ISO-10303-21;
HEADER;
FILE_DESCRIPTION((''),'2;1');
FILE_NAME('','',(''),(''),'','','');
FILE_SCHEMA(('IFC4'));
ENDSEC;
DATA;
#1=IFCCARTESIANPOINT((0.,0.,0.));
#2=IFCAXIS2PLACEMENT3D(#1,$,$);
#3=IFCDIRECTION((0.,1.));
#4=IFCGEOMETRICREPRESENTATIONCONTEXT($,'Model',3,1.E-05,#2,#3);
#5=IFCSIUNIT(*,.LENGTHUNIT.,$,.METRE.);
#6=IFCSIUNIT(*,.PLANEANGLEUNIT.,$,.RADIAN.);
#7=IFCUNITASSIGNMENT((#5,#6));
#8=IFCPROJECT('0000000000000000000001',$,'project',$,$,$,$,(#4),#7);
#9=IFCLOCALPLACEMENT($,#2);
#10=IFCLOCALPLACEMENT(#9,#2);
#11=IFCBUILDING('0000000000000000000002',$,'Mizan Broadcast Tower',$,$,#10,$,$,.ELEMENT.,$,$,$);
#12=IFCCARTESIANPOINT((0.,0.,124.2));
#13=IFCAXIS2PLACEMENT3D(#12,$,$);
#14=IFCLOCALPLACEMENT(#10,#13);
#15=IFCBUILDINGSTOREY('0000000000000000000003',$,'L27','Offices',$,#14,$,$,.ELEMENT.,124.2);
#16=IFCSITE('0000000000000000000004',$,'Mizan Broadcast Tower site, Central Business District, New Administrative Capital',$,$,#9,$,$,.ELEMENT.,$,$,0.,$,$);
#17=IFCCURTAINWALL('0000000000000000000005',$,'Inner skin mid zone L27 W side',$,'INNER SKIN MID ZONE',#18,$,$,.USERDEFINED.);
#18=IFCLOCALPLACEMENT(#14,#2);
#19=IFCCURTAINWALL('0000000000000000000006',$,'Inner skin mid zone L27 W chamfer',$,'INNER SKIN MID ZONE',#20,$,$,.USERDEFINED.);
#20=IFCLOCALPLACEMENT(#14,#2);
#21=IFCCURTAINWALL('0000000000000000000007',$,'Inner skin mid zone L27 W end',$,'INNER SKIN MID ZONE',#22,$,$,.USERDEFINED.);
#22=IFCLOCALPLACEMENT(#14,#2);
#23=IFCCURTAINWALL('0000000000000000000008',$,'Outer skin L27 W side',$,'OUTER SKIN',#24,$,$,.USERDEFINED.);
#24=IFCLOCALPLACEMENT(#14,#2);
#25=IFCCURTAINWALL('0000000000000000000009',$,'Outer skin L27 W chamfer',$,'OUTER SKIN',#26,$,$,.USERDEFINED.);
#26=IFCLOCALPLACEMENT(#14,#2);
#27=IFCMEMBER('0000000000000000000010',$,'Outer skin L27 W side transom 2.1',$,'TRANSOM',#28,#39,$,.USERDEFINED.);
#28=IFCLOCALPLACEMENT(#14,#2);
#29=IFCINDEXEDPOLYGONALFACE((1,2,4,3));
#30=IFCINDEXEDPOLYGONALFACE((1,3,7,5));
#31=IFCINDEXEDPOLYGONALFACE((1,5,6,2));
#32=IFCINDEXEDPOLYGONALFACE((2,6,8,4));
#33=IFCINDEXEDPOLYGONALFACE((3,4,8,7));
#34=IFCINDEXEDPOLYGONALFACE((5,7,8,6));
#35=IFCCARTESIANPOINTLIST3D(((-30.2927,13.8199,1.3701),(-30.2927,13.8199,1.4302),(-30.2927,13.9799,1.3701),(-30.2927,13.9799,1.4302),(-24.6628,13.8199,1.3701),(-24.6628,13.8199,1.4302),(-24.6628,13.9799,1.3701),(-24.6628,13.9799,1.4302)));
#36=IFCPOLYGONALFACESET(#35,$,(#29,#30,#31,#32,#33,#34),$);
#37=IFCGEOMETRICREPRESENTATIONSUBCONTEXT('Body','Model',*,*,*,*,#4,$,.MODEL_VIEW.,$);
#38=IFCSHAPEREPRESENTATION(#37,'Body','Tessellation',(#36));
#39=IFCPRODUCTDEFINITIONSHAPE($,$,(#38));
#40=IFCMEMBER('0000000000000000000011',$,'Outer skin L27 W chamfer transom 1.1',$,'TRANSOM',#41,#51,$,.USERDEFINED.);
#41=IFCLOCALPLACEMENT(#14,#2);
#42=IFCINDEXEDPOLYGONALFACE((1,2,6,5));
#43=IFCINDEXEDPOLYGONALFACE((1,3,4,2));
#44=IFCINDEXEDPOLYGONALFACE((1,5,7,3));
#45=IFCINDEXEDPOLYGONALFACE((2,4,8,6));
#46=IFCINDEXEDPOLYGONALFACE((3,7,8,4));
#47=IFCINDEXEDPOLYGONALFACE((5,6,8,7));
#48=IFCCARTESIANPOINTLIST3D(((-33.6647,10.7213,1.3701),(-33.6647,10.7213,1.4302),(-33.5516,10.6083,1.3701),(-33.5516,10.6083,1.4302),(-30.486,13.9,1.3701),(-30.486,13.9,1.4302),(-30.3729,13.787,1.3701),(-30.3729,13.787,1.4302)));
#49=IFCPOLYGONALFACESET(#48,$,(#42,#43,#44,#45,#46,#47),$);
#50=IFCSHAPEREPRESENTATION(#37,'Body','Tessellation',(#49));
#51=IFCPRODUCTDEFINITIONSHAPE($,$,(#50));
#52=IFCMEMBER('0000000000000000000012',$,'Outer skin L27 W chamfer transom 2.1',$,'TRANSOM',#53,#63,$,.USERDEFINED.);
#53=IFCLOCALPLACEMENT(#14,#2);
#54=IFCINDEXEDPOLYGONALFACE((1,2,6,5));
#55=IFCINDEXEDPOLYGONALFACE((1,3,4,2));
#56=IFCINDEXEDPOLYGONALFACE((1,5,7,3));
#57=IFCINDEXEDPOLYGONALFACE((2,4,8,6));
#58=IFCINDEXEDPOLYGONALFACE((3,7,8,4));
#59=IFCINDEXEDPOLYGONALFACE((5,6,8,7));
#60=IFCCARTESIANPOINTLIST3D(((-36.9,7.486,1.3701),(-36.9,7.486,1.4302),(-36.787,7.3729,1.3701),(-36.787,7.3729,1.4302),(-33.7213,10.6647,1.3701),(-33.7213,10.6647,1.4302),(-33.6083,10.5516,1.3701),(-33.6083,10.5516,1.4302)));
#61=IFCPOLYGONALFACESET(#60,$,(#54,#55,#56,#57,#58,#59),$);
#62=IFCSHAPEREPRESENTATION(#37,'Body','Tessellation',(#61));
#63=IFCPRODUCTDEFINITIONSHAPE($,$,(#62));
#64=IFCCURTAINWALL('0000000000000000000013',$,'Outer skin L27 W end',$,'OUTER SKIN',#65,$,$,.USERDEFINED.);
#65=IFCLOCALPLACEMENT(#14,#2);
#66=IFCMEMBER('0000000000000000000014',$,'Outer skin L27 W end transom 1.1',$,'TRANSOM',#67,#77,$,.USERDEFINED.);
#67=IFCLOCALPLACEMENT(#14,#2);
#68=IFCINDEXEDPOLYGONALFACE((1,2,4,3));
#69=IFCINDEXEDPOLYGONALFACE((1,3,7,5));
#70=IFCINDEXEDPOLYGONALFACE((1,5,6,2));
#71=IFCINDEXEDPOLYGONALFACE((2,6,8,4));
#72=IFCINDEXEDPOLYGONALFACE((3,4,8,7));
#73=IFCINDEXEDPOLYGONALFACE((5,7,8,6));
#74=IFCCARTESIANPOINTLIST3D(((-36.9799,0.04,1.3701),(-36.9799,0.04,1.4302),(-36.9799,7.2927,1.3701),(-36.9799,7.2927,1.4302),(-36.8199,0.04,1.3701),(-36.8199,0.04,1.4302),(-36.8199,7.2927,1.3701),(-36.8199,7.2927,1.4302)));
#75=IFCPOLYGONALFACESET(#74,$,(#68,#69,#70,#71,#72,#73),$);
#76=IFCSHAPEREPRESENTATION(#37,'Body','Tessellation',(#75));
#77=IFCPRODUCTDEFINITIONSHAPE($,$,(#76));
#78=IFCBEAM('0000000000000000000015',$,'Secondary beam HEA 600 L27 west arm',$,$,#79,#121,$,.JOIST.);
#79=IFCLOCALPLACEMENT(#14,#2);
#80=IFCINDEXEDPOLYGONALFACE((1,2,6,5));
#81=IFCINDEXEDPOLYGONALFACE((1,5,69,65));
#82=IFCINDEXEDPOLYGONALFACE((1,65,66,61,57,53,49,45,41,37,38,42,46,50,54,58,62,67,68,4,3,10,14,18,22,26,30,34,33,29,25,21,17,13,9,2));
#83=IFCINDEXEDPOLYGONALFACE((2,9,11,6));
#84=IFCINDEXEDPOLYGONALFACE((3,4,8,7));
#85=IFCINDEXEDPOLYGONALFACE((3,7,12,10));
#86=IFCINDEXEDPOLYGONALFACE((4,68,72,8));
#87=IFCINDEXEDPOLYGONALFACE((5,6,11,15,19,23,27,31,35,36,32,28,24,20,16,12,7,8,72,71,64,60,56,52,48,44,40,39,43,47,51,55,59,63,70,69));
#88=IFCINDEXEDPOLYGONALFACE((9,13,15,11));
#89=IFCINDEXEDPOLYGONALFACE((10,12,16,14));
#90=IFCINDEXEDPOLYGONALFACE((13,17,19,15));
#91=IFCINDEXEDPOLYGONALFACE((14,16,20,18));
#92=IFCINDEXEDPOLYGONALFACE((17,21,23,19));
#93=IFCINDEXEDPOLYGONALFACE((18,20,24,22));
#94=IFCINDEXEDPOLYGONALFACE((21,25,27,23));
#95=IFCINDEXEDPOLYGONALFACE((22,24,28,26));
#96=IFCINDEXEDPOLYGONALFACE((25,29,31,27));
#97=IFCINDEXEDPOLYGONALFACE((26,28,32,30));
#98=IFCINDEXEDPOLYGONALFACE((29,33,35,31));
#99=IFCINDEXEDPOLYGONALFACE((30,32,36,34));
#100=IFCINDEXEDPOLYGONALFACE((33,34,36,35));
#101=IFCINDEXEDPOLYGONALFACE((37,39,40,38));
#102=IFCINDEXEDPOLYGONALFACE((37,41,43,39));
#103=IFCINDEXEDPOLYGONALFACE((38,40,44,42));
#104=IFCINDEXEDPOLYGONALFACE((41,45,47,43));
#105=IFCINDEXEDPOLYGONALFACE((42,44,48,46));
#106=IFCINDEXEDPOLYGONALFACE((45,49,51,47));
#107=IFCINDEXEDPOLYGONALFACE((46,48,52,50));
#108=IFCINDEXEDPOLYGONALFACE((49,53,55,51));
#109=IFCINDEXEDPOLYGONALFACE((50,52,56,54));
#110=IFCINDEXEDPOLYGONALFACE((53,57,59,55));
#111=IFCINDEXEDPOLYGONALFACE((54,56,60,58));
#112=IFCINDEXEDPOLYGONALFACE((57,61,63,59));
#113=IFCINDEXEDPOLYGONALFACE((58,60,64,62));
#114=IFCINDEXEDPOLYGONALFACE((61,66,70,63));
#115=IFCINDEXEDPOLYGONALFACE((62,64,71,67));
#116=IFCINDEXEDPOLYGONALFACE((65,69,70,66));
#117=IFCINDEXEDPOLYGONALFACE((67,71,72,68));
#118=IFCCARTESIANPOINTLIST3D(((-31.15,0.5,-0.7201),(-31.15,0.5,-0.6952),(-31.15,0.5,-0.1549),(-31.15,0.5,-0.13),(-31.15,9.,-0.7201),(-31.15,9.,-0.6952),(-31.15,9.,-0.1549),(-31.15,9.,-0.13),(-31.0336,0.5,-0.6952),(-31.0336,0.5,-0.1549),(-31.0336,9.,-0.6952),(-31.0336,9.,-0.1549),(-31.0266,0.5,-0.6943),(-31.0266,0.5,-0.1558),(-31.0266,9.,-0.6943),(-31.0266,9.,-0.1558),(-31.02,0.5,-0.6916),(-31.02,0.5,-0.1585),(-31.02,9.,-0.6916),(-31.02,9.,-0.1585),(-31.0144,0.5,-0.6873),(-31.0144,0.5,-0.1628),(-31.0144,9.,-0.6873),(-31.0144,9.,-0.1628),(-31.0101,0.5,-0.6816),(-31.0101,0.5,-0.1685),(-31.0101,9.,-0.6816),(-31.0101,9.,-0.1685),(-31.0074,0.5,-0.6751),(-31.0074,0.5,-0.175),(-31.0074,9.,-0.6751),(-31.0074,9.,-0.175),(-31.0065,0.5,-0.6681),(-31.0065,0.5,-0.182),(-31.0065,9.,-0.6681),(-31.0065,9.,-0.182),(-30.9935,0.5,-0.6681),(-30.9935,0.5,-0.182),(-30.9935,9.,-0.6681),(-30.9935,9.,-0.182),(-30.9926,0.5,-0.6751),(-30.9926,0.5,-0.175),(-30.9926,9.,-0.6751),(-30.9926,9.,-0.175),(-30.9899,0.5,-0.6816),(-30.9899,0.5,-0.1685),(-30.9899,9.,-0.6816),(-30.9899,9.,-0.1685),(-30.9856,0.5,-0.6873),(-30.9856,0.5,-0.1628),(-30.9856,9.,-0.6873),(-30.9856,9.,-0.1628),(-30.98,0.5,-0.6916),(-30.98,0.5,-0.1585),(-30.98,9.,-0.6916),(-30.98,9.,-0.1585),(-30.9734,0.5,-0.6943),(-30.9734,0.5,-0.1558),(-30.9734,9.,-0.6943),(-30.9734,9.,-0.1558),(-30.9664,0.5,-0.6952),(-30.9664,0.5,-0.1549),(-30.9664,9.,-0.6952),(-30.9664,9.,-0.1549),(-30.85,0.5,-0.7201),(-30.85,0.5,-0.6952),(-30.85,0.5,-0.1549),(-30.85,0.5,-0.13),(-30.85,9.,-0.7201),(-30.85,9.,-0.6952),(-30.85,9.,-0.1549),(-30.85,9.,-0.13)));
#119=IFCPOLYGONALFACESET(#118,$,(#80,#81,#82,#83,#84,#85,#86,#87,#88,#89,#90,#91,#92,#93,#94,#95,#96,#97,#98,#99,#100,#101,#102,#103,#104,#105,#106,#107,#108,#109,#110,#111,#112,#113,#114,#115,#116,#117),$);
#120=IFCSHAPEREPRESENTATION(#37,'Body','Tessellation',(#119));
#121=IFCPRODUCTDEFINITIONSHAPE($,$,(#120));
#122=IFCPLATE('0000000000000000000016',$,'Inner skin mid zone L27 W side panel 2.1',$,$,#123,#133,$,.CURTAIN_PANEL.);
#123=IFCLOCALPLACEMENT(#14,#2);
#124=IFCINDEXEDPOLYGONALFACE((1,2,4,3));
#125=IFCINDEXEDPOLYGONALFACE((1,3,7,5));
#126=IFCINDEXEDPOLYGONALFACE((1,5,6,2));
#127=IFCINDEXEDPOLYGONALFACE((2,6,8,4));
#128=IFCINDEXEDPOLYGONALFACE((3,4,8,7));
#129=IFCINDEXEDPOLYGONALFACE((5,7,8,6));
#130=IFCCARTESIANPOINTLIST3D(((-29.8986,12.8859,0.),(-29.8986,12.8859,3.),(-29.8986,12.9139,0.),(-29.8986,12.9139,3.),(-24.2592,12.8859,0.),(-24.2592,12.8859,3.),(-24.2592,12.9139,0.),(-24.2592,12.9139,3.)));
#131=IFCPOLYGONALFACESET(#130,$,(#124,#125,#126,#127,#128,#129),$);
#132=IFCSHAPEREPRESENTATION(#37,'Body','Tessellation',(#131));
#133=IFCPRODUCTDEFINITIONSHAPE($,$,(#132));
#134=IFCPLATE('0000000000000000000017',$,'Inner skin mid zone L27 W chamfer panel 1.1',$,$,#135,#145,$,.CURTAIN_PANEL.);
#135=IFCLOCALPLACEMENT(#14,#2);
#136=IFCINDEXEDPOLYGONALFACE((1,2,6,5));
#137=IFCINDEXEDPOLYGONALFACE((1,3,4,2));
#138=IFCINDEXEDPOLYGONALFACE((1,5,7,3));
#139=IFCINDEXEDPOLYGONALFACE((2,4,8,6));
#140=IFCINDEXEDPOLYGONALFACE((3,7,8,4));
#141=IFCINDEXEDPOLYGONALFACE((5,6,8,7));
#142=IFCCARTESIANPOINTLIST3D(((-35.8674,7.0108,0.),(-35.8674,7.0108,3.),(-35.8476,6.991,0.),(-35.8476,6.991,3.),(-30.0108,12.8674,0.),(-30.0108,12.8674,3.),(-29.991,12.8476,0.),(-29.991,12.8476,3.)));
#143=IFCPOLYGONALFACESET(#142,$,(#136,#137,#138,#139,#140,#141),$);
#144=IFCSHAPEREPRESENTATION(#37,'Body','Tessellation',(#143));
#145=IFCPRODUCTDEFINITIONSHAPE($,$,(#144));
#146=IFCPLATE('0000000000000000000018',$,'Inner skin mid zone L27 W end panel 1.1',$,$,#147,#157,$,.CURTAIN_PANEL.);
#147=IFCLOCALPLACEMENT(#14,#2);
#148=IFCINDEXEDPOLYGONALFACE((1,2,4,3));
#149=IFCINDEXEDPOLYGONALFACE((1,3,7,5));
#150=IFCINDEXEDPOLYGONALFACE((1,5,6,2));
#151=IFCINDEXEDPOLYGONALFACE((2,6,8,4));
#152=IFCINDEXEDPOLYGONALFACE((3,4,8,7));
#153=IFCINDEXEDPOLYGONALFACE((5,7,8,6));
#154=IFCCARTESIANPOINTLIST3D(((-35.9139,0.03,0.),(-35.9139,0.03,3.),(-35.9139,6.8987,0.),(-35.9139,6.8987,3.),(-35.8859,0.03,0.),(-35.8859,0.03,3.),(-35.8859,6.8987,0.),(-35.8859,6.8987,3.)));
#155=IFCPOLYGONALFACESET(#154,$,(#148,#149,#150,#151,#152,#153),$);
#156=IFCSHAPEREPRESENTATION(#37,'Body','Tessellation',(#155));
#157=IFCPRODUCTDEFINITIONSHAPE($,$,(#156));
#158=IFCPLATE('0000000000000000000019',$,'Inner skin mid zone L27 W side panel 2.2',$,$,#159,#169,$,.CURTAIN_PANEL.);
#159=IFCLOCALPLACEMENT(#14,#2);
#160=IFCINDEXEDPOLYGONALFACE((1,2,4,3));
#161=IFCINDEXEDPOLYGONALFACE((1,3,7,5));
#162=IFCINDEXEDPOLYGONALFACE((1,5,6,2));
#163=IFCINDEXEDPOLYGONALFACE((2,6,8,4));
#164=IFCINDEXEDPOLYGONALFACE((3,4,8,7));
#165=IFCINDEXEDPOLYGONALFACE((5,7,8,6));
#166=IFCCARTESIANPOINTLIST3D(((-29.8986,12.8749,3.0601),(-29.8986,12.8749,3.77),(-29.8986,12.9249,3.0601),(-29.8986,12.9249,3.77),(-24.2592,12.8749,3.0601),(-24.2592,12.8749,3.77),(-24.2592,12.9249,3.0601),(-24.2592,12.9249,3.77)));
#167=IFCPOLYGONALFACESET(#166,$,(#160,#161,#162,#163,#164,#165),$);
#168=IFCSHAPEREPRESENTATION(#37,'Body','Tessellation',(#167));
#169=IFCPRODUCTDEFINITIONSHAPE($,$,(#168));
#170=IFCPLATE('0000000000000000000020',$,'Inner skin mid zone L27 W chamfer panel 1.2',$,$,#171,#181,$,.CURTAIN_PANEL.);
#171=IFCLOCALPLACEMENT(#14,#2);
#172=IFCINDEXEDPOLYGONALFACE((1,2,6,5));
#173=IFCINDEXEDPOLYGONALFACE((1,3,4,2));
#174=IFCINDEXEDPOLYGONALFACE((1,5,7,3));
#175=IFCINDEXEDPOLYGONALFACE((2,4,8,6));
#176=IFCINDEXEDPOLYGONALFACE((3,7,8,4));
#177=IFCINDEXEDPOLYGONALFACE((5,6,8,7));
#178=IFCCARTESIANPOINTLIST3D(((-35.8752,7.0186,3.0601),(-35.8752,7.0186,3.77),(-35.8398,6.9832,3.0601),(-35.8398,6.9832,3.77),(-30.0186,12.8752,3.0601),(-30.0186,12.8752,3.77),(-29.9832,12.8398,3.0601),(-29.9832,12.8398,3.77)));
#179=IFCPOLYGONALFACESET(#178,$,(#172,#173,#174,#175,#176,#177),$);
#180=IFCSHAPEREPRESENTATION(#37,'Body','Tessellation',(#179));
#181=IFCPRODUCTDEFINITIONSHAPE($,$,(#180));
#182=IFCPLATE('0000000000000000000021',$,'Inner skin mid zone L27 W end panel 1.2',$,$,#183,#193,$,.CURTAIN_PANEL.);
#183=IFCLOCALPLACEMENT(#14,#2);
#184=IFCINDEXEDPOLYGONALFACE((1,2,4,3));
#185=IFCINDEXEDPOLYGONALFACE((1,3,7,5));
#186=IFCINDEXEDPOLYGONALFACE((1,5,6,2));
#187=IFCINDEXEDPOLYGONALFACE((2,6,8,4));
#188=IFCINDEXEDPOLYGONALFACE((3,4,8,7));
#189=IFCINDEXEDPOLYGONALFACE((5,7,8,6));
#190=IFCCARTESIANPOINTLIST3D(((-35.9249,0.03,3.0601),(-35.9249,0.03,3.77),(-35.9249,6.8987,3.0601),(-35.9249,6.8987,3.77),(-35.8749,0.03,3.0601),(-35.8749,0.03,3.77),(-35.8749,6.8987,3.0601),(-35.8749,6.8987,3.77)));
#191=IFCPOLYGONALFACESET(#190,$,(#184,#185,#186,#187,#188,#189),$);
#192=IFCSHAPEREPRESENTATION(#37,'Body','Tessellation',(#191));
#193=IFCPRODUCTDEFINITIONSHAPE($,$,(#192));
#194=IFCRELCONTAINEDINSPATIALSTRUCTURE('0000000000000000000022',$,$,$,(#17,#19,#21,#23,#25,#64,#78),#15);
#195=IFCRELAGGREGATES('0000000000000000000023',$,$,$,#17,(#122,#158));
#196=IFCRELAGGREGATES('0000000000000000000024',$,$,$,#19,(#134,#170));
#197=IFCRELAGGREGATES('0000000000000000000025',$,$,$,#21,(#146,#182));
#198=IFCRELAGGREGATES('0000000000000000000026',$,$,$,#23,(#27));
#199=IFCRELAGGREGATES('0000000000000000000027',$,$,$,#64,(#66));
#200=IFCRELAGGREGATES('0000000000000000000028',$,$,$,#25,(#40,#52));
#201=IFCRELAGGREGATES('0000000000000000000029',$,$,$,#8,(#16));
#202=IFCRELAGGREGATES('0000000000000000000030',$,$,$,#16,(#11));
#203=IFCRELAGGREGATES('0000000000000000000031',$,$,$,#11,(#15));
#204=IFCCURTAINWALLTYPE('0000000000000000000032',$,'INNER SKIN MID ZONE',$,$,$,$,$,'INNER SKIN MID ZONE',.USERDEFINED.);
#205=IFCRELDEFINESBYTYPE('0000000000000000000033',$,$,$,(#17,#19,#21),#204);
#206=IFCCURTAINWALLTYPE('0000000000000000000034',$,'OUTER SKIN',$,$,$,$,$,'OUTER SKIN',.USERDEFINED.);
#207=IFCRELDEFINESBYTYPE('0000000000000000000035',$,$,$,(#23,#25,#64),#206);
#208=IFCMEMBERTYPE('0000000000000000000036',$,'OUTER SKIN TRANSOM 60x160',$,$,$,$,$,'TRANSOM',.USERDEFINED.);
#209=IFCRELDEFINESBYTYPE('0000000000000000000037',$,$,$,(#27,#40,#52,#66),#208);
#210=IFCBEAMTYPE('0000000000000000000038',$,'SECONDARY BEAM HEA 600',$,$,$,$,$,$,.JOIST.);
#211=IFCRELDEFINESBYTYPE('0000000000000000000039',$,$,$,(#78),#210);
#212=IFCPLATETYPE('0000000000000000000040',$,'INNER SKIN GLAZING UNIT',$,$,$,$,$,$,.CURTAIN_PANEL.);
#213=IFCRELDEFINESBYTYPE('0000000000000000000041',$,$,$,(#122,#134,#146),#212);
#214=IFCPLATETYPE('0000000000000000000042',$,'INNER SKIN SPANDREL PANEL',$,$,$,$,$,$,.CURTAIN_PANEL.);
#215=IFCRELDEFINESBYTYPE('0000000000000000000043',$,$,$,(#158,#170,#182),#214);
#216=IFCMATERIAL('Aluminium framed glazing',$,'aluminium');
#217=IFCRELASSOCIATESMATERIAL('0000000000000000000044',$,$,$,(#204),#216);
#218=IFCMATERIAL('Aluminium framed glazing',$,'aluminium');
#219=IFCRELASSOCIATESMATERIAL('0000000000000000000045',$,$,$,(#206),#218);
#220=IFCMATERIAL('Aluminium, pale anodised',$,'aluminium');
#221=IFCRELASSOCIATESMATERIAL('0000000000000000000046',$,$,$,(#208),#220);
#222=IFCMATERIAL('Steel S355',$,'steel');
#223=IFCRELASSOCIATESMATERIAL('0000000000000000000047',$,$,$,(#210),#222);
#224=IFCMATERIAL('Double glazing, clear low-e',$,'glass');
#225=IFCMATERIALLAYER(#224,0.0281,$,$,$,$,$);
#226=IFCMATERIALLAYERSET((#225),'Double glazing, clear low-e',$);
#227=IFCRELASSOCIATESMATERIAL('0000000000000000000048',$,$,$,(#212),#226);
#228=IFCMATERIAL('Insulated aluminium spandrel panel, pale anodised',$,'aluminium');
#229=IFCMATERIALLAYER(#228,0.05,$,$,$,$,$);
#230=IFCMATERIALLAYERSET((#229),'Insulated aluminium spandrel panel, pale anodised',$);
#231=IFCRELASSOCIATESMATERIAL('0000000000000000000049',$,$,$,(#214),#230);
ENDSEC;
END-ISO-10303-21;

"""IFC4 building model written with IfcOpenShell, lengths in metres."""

from ifc_helpers import new_model, si_unit, direction, frame, origin, origin_2d, place, context, subcontext, project, spatial, rectangle, i_section, extrude, material, layer, layer_set, material_profile, profile_set, type_object, element, aggregate, save


model = new_model("IFC4")

# Units and contexts
model_context = context("Model", 3, precision=1e-05, world=origin(), true_north=direction((0.0, 1.0)))
body_context = subcontext(model_context, "Body", "Model", "MODEL_VIEW")
ifc_project = project(units=[si_unit("LENGTHUNIT", "METRE"), si_unit("PLANEANGLEUNIT", "RADIAN")], contexts=[model_context])

# Site, building, storey
site_placement = place(None, origin())
site = spatial("IfcSite", under=ifc_project, at=site_placement, Name="Mizan Broadcast Tower site, Central Business District, New Administrative Capital", CompositionType="ELEMENT", RefElevation=0.0)
building_placement = place(site_placement, origin())
building = spatial("IfcBuilding", under=site, at=building_placement, Name="Mizan Broadcast Tower", CompositionType="ELEMENT")
storey_placement = place(building_placement, frame((0.0, 0.0, 124.2)))
storey = spatial("IfcBuildingStorey", under=building, at=storey_placement, Name="L27", Description="Offices", CompositionType="ELEMENT", Elevation=124.2)

# Curtain walls
ifc_material_1 = material(Name="Aluminium framed glazing", Category="aluminium")
curtain_wall_type_1 = type_object("IfcCurtainWallType", Name="INNER SKIN MID ZONE", ElementType="INNER SKIN MID ZONE", PredefinedType="USERDEFINED", material=ifc_material_1)
curtain_wall_1_placement = place(storey_placement, origin())
curtain_wall_1 = element("IfcCurtainWall", 1, at=curtain_wall_1_placement, inside=storey, type_object=curtain_wall_type_1, Name="Inner skin mid zone L27 W side", ObjectType="INNER SKIN MID ZONE", PredefinedType="USERDEFINED")
curtain_wall_2_placement = place(storey_placement, origin())
curtain_wall_2 = element("IfcCurtainWall", 2, at=curtain_wall_2_placement, inside=storey, type_object=curtain_wall_type_1, Name="Inner skin mid zone L27 W chamfer", ObjectType="INNER SKIN MID ZONE", PredefinedType="USERDEFINED")

# Curtain wall
curtain_wall_3_placement = place(storey_placement, origin())
curtain_wall_3 = element("IfcCurtainWall", 3, at=curtain_wall_3_placement, inside=storey, type_object=curtain_wall_type_1, Name="Inner skin mid zone L27 W end", ObjectType="INNER SKIN MID ZONE", PredefinedType="USERDEFINED")

# Curtain walls
ifc_material_2 = material(Name="Aluminium framed glazing", Category="aluminium")
curtain_wall_type_2 = type_object("IfcCurtainWallType", Name="OUTER SKIN", ElementType="OUTER SKIN", PredefinedType="USERDEFINED", material=ifc_material_2)
curtain_wall_4_placement = place(storey_placement, origin())
curtain_wall_4 = element("IfcCurtainWall", 4, at=curtain_wall_4_placement, inside=storey, type_object=curtain_wall_type_2, Name="Outer skin L27 W side", ObjectType="OUTER SKIN", PredefinedType="USERDEFINED")
curtain_wall_5_placement = place(storey_placement, origin())
curtain_wall_5 = element("IfcCurtainWall", 5, at=curtain_wall_5_placement, inside=storey, type_object=curtain_wall_type_2, Name="Outer skin L27 W chamfer", ObjectType="OUTER SKIN", PredefinedType="USERDEFINED")

# Members
ifc_material_3 = material(Name="Aluminium, pale anodised", Category="aluminium")
ifc_material_profile_1 = material_profile(ifc_material_3, rectangle(XDim=0.1599, YDim=0.0601, at=origin_2d()), Name="TRANSOM 160x60")
ifc_profile_set_1 = profile_set([ifc_material_profile_1], Name="Aluminium, pale anodised")
member_type_1 = type_object("IfcMemberType", Name="OUTER SKIN TRANSOM 60x160", ElementType="TRANSOM", PredefinedType="USERDEFINED", material=ifc_profile_set_1)
member_1_placement = place(storey_placement, frame((-24.6628, 13.8999, 1.4001), z_axis=(-1.0, 0.0, 0.0), x_axis=(0.0, -1.0, 0.0)))
member_1 = element("IfcMember", 6, at=member_1_placement, type_object=member_type_1, Name="Outer skin L27 W side transom 2.1", ObjectType="TRANSOM", PredefinedType="USERDEFINED", context=body_context, shape_type="SweptSolid", body=[
    extrude(rectangle(XDim=0.1599, YDim=0.0601, at=origin_2d()), origin(), (0.0, 0.0, 1.0), 5.6299),
])
member_2_placement = place(storey_placement, frame((-30.4294, 13.8435, 1.4001), z_axis=(-0.707107, -0.707107, 0.0), x_axis=(0.707107, -0.707107, 0.0)))
member_2 = element("IfcMember", 7, at=member_2_placement, type_object=member_type_1, Name="Outer skin L27 W chamfer transom 1.1", ObjectType="TRANSOM", PredefinedType="USERDEFINED", context=body_context, shape_type="SweptSolid", body=[
    extrude(rectangle(XDim=0.1599, YDim=0.0601, at=origin_2d()), origin(), (0.0, 0.0, 1.0), 4.4954),
])
member_3_placement = place(storey_placement, frame((-33.6648, 10.6082, 1.4001), z_axis=(-0.707107, -0.707107, 0.0), x_axis=(0.707107, -0.707107, 0.0)))
member_3 = element("IfcMember", 8, at=member_3_placement, type_object=member_type_1, Name="Outer skin L27 W chamfer transom 2.1", ObjectType="TRANSOM", PredefinedType="USERDEFINED", context=body_context, shape_type="SweptSolid", body=[
    extrude(rectangle(XDim=0.1599, YDim=0.0601, at=origin_2d()), origin(), (0.0, 0.0, 1.0), 4.4954),
])

# Curtain wall, member
curtain_wall_6_placement = place(storey_placement, origin())
curtain_wall_6 = element("IfcCurtainWall", 9, at=curtain_wall_6_placement, inside=storey, type_object=curtain_wall_type_2, Name="Outer skin L27 W end", ObjectType="OUTER SKIN", PredefinedType="USERDEFINED")
member_4_placement = place(storey_placement, frame((-36.8999, 7.2927, 1.4001), z_axis=(0.0, -1.0, 0.0), x_axis=(1.0, 0.0, 0.0)))
member_4 = element("IfcMember", 10, at=member_4_placement, type_object=member_type_1, Name="Outer skin L27 W end transom 1.1", ObjectType="TRANSOM", PredefinedType="USERDEFINED", context=body_context, shape_type="SweptSolid", body=[
    extrude(rectangle(XDim=0.1599, YDim=0.0601, at=origin_2d()), origin(), (0.0, 0.0, 1.0), 7.2527),
])

# Beam
ifc_material_4 = material(Name="Steel S355", Category="steel")
ifc_material_profile_2 = material_profile(ifc_material_4, i_section(OverallWidth=0.3, OverallDepth=0.5901, WebThickness=0.0129, FlangeThickness=0.0249, FilletRadius=0.0271, at=origin_2d()), Name="HEA 600")
ifc_profile_set_2 = profile_set([ifc_material_profile_2], Name="Steel S355")
beam_type_1 = type_object("IfcBeamType", Name="SECONDARY BEAM HEA 600", PredefinedType="JOIST", material=ifc_profile_set_2)
beam_1_placement = place(storey_placement, frame((-31.0, 9.0, -0.425), z_axis=(0.0, -1.0, 0.0), x_axis=(1.0, 0.0, 0.0)))
element("IfcBeam", 11, at=beam_1_placement, inside=storey, type_object=beam_type_1, Name="Secondary beam HEA 600 L27 west arm", PredefinedType="JOIST", context=body_context, shape_type="SweptSolid", body=[
    extrude(i_section(OverallWidth=0.3, OverallDepth=0.5901, WebThickness=0.0129, FlangeThickness=0.0249, FilletRadius=0.0271, at=origin_2d()), origin(), (0.0, 0.0, 1.0), 8.5),
])

# Plates
ifc_material_5 = material(Name="Double glazing, clear low-e", Category="glass")
ifc_layer_1 = layer(ifc_material_5, 0.0281)
ifc_layer_set_1 = layer_set([ifc_layer_1], Name="Double glazing, clear low-e")
plate_type_1 = type_object("IfcPlateType", Name="INNER SKIN GLAZING UNIT", PredefinedType="CURTAIN_PANEL", material=ifc_layer_set_1)
plate_1_placement = place(storey_placement, frame((-27.0789, 12.8999, 0.0), z_axis=(0.0, 0.0, 1.0), x_axis=(-1.0, 0.0, 0.0)))
plate_1 = element("IfcPlate", 12, at=plate_1_placement, type_object=plate_type_1, Name="Inner skin mid zone L27 W side panel 2.1", PredefinedType="CURTAIN_PANEL", context=body_context, shape_type="SweptSolid", body=[
    extrude(rectangle(XDim=5.6394, YDim=0.0281, at=origin_2d()), origin(), (0.0, 0.0, 1.0), 3.0),
])
plate_2_placement = place(storey_placement, frame((-32.9292, 9.9292, 0.0), z_axis=(0.0, 0.0, 1.0), x_axis=(-0.707107, -0.707107, 0.0)))
plate_2 = element("IfcPlate", 13, at=plate_2_placement, type_object=plate_type_1, Name="Inner skin mid zone L27 W chamfer panel 1.1", PredefinedType="CURTAIN_PANEL", context=body_context, shape_type="SweptSolid", body=[
    extrude(rectangle(XDim=8.2825, YDim=0.0281, at=origin_2d()), origin(), (0.0, 0.0, 1.0), 3.0),
])
plate_3_placement = place(storey_placement, frame((-35.8999, 3.4644, 0.0), z_axis=(0.0, 0.0, 1.0), x_axis=(0.0, -1.0, 0.0)))
plate_3 = element("IfcPlate", 14, at=plate_3_placement, type_object=plate_type_1, Name="Inner skin mid zone L27 W end panel 1.1", PredefinedType="CURTAIN_PANEL", context=body_context, shape_type="SweptSolid", body=[
    extrude(rectangle(XDim=6.8687, YDim=0.0281, at=origin_2d()), origin(), (0.0, 0.0, 1.0), 3.0),
])
ifc_material_6 = material(Name="Insulated aluminium spandrel panel, pale anodised", Category="aluminium")
ifc_layer_2 = layer(ifc_material_6, 0.05)
ifc_layer_set_2 = layer_set([ifc_layer_2], Name="Insulated aluminium spandrel panel, pale anodised")
plate_type_2 = type_object("IfcPlateType", Name="INNER SKIN SPANDREL PANEL", PredefinedType="CURTAIN_PANEL", material=ifc_layer_set_2)
plate_4_placement = place(storey_placement, frame((-27.0789, 12.8999, 3.0601), z_axis=(0.0, 0.0, 1.0), x_axis=(-1.0, 0.0, 0.0)))
plate_4 = element("IfcPlate", 15, at=plate_4_placement, type_object=plate_type_2, Name="Inner skin mid zone L27 W side panel 2.2", PredefinedType="CURTAIN_PANEL", context=body_context, shape_type="SweptSolid", body=[
    extrude(rectangle(XDim=5.6394, YDim=0.05, at=origin_2d()), origin(), (0.0, 0.0, 1.0), 0.71),
])
aggregate(curtain_wall_1, [plate_1, plate_4])
plate_5_placement = place(storey_placement, frame((-32.9292, 9.9292, 3.0601), z_axis=(0.0, 0.0, 1.0), x_axis=(-0.707107, -0.707107, 0.0)))
plate_5 = element("IfcPlate", 16, at=plate_5_placement, type_object=plate_type_2, Name="Inner skin mid zone L27 W chamfer panel 1.2", PredefinedType="CURTAIN_PANEL", context=body_context, shape_type="SweptSolid", body=[
    extrude(rectangle(XDim=8.2825, YDim=0.05, at=origin_2d()), origin(), (0.0, 0.0, 1.0), 0.71),
])
aggregate(curtain_wall_2, [plate_2, plate_5])
plate_6_placement = place(storey_placement, frame((-35.8999, 3.4644, 3.0601), z_axis=(0.0, 0.0, 1.0), x_axis=(0.0, -1.0, 0.0)))
plate_6 = element("IfcPlate", 17, at=plate_6_placement, type_object=plate_type_2, Name="Inner skin mid zone L27 W end panel 1.2", PredefinedType="CURTAIN_PANEL", context=body_context, shape_type="SweptSolid", body=[
    extrude(rectangle(XDim=6.8687, YDim=0.05, at=origin_2d()), origin(), (0.0, 0.0, 1.0), 0.71),
])
aggregate(curtain_wall_3, [plate_3, plate_6])
aggregate(curtain_wall_4, [member_1])
aggregate(curtain_wall_6, [member_4])
aggregate(curtain_wall_5, [member_2, member_3])

save(model, "model.ifc")
